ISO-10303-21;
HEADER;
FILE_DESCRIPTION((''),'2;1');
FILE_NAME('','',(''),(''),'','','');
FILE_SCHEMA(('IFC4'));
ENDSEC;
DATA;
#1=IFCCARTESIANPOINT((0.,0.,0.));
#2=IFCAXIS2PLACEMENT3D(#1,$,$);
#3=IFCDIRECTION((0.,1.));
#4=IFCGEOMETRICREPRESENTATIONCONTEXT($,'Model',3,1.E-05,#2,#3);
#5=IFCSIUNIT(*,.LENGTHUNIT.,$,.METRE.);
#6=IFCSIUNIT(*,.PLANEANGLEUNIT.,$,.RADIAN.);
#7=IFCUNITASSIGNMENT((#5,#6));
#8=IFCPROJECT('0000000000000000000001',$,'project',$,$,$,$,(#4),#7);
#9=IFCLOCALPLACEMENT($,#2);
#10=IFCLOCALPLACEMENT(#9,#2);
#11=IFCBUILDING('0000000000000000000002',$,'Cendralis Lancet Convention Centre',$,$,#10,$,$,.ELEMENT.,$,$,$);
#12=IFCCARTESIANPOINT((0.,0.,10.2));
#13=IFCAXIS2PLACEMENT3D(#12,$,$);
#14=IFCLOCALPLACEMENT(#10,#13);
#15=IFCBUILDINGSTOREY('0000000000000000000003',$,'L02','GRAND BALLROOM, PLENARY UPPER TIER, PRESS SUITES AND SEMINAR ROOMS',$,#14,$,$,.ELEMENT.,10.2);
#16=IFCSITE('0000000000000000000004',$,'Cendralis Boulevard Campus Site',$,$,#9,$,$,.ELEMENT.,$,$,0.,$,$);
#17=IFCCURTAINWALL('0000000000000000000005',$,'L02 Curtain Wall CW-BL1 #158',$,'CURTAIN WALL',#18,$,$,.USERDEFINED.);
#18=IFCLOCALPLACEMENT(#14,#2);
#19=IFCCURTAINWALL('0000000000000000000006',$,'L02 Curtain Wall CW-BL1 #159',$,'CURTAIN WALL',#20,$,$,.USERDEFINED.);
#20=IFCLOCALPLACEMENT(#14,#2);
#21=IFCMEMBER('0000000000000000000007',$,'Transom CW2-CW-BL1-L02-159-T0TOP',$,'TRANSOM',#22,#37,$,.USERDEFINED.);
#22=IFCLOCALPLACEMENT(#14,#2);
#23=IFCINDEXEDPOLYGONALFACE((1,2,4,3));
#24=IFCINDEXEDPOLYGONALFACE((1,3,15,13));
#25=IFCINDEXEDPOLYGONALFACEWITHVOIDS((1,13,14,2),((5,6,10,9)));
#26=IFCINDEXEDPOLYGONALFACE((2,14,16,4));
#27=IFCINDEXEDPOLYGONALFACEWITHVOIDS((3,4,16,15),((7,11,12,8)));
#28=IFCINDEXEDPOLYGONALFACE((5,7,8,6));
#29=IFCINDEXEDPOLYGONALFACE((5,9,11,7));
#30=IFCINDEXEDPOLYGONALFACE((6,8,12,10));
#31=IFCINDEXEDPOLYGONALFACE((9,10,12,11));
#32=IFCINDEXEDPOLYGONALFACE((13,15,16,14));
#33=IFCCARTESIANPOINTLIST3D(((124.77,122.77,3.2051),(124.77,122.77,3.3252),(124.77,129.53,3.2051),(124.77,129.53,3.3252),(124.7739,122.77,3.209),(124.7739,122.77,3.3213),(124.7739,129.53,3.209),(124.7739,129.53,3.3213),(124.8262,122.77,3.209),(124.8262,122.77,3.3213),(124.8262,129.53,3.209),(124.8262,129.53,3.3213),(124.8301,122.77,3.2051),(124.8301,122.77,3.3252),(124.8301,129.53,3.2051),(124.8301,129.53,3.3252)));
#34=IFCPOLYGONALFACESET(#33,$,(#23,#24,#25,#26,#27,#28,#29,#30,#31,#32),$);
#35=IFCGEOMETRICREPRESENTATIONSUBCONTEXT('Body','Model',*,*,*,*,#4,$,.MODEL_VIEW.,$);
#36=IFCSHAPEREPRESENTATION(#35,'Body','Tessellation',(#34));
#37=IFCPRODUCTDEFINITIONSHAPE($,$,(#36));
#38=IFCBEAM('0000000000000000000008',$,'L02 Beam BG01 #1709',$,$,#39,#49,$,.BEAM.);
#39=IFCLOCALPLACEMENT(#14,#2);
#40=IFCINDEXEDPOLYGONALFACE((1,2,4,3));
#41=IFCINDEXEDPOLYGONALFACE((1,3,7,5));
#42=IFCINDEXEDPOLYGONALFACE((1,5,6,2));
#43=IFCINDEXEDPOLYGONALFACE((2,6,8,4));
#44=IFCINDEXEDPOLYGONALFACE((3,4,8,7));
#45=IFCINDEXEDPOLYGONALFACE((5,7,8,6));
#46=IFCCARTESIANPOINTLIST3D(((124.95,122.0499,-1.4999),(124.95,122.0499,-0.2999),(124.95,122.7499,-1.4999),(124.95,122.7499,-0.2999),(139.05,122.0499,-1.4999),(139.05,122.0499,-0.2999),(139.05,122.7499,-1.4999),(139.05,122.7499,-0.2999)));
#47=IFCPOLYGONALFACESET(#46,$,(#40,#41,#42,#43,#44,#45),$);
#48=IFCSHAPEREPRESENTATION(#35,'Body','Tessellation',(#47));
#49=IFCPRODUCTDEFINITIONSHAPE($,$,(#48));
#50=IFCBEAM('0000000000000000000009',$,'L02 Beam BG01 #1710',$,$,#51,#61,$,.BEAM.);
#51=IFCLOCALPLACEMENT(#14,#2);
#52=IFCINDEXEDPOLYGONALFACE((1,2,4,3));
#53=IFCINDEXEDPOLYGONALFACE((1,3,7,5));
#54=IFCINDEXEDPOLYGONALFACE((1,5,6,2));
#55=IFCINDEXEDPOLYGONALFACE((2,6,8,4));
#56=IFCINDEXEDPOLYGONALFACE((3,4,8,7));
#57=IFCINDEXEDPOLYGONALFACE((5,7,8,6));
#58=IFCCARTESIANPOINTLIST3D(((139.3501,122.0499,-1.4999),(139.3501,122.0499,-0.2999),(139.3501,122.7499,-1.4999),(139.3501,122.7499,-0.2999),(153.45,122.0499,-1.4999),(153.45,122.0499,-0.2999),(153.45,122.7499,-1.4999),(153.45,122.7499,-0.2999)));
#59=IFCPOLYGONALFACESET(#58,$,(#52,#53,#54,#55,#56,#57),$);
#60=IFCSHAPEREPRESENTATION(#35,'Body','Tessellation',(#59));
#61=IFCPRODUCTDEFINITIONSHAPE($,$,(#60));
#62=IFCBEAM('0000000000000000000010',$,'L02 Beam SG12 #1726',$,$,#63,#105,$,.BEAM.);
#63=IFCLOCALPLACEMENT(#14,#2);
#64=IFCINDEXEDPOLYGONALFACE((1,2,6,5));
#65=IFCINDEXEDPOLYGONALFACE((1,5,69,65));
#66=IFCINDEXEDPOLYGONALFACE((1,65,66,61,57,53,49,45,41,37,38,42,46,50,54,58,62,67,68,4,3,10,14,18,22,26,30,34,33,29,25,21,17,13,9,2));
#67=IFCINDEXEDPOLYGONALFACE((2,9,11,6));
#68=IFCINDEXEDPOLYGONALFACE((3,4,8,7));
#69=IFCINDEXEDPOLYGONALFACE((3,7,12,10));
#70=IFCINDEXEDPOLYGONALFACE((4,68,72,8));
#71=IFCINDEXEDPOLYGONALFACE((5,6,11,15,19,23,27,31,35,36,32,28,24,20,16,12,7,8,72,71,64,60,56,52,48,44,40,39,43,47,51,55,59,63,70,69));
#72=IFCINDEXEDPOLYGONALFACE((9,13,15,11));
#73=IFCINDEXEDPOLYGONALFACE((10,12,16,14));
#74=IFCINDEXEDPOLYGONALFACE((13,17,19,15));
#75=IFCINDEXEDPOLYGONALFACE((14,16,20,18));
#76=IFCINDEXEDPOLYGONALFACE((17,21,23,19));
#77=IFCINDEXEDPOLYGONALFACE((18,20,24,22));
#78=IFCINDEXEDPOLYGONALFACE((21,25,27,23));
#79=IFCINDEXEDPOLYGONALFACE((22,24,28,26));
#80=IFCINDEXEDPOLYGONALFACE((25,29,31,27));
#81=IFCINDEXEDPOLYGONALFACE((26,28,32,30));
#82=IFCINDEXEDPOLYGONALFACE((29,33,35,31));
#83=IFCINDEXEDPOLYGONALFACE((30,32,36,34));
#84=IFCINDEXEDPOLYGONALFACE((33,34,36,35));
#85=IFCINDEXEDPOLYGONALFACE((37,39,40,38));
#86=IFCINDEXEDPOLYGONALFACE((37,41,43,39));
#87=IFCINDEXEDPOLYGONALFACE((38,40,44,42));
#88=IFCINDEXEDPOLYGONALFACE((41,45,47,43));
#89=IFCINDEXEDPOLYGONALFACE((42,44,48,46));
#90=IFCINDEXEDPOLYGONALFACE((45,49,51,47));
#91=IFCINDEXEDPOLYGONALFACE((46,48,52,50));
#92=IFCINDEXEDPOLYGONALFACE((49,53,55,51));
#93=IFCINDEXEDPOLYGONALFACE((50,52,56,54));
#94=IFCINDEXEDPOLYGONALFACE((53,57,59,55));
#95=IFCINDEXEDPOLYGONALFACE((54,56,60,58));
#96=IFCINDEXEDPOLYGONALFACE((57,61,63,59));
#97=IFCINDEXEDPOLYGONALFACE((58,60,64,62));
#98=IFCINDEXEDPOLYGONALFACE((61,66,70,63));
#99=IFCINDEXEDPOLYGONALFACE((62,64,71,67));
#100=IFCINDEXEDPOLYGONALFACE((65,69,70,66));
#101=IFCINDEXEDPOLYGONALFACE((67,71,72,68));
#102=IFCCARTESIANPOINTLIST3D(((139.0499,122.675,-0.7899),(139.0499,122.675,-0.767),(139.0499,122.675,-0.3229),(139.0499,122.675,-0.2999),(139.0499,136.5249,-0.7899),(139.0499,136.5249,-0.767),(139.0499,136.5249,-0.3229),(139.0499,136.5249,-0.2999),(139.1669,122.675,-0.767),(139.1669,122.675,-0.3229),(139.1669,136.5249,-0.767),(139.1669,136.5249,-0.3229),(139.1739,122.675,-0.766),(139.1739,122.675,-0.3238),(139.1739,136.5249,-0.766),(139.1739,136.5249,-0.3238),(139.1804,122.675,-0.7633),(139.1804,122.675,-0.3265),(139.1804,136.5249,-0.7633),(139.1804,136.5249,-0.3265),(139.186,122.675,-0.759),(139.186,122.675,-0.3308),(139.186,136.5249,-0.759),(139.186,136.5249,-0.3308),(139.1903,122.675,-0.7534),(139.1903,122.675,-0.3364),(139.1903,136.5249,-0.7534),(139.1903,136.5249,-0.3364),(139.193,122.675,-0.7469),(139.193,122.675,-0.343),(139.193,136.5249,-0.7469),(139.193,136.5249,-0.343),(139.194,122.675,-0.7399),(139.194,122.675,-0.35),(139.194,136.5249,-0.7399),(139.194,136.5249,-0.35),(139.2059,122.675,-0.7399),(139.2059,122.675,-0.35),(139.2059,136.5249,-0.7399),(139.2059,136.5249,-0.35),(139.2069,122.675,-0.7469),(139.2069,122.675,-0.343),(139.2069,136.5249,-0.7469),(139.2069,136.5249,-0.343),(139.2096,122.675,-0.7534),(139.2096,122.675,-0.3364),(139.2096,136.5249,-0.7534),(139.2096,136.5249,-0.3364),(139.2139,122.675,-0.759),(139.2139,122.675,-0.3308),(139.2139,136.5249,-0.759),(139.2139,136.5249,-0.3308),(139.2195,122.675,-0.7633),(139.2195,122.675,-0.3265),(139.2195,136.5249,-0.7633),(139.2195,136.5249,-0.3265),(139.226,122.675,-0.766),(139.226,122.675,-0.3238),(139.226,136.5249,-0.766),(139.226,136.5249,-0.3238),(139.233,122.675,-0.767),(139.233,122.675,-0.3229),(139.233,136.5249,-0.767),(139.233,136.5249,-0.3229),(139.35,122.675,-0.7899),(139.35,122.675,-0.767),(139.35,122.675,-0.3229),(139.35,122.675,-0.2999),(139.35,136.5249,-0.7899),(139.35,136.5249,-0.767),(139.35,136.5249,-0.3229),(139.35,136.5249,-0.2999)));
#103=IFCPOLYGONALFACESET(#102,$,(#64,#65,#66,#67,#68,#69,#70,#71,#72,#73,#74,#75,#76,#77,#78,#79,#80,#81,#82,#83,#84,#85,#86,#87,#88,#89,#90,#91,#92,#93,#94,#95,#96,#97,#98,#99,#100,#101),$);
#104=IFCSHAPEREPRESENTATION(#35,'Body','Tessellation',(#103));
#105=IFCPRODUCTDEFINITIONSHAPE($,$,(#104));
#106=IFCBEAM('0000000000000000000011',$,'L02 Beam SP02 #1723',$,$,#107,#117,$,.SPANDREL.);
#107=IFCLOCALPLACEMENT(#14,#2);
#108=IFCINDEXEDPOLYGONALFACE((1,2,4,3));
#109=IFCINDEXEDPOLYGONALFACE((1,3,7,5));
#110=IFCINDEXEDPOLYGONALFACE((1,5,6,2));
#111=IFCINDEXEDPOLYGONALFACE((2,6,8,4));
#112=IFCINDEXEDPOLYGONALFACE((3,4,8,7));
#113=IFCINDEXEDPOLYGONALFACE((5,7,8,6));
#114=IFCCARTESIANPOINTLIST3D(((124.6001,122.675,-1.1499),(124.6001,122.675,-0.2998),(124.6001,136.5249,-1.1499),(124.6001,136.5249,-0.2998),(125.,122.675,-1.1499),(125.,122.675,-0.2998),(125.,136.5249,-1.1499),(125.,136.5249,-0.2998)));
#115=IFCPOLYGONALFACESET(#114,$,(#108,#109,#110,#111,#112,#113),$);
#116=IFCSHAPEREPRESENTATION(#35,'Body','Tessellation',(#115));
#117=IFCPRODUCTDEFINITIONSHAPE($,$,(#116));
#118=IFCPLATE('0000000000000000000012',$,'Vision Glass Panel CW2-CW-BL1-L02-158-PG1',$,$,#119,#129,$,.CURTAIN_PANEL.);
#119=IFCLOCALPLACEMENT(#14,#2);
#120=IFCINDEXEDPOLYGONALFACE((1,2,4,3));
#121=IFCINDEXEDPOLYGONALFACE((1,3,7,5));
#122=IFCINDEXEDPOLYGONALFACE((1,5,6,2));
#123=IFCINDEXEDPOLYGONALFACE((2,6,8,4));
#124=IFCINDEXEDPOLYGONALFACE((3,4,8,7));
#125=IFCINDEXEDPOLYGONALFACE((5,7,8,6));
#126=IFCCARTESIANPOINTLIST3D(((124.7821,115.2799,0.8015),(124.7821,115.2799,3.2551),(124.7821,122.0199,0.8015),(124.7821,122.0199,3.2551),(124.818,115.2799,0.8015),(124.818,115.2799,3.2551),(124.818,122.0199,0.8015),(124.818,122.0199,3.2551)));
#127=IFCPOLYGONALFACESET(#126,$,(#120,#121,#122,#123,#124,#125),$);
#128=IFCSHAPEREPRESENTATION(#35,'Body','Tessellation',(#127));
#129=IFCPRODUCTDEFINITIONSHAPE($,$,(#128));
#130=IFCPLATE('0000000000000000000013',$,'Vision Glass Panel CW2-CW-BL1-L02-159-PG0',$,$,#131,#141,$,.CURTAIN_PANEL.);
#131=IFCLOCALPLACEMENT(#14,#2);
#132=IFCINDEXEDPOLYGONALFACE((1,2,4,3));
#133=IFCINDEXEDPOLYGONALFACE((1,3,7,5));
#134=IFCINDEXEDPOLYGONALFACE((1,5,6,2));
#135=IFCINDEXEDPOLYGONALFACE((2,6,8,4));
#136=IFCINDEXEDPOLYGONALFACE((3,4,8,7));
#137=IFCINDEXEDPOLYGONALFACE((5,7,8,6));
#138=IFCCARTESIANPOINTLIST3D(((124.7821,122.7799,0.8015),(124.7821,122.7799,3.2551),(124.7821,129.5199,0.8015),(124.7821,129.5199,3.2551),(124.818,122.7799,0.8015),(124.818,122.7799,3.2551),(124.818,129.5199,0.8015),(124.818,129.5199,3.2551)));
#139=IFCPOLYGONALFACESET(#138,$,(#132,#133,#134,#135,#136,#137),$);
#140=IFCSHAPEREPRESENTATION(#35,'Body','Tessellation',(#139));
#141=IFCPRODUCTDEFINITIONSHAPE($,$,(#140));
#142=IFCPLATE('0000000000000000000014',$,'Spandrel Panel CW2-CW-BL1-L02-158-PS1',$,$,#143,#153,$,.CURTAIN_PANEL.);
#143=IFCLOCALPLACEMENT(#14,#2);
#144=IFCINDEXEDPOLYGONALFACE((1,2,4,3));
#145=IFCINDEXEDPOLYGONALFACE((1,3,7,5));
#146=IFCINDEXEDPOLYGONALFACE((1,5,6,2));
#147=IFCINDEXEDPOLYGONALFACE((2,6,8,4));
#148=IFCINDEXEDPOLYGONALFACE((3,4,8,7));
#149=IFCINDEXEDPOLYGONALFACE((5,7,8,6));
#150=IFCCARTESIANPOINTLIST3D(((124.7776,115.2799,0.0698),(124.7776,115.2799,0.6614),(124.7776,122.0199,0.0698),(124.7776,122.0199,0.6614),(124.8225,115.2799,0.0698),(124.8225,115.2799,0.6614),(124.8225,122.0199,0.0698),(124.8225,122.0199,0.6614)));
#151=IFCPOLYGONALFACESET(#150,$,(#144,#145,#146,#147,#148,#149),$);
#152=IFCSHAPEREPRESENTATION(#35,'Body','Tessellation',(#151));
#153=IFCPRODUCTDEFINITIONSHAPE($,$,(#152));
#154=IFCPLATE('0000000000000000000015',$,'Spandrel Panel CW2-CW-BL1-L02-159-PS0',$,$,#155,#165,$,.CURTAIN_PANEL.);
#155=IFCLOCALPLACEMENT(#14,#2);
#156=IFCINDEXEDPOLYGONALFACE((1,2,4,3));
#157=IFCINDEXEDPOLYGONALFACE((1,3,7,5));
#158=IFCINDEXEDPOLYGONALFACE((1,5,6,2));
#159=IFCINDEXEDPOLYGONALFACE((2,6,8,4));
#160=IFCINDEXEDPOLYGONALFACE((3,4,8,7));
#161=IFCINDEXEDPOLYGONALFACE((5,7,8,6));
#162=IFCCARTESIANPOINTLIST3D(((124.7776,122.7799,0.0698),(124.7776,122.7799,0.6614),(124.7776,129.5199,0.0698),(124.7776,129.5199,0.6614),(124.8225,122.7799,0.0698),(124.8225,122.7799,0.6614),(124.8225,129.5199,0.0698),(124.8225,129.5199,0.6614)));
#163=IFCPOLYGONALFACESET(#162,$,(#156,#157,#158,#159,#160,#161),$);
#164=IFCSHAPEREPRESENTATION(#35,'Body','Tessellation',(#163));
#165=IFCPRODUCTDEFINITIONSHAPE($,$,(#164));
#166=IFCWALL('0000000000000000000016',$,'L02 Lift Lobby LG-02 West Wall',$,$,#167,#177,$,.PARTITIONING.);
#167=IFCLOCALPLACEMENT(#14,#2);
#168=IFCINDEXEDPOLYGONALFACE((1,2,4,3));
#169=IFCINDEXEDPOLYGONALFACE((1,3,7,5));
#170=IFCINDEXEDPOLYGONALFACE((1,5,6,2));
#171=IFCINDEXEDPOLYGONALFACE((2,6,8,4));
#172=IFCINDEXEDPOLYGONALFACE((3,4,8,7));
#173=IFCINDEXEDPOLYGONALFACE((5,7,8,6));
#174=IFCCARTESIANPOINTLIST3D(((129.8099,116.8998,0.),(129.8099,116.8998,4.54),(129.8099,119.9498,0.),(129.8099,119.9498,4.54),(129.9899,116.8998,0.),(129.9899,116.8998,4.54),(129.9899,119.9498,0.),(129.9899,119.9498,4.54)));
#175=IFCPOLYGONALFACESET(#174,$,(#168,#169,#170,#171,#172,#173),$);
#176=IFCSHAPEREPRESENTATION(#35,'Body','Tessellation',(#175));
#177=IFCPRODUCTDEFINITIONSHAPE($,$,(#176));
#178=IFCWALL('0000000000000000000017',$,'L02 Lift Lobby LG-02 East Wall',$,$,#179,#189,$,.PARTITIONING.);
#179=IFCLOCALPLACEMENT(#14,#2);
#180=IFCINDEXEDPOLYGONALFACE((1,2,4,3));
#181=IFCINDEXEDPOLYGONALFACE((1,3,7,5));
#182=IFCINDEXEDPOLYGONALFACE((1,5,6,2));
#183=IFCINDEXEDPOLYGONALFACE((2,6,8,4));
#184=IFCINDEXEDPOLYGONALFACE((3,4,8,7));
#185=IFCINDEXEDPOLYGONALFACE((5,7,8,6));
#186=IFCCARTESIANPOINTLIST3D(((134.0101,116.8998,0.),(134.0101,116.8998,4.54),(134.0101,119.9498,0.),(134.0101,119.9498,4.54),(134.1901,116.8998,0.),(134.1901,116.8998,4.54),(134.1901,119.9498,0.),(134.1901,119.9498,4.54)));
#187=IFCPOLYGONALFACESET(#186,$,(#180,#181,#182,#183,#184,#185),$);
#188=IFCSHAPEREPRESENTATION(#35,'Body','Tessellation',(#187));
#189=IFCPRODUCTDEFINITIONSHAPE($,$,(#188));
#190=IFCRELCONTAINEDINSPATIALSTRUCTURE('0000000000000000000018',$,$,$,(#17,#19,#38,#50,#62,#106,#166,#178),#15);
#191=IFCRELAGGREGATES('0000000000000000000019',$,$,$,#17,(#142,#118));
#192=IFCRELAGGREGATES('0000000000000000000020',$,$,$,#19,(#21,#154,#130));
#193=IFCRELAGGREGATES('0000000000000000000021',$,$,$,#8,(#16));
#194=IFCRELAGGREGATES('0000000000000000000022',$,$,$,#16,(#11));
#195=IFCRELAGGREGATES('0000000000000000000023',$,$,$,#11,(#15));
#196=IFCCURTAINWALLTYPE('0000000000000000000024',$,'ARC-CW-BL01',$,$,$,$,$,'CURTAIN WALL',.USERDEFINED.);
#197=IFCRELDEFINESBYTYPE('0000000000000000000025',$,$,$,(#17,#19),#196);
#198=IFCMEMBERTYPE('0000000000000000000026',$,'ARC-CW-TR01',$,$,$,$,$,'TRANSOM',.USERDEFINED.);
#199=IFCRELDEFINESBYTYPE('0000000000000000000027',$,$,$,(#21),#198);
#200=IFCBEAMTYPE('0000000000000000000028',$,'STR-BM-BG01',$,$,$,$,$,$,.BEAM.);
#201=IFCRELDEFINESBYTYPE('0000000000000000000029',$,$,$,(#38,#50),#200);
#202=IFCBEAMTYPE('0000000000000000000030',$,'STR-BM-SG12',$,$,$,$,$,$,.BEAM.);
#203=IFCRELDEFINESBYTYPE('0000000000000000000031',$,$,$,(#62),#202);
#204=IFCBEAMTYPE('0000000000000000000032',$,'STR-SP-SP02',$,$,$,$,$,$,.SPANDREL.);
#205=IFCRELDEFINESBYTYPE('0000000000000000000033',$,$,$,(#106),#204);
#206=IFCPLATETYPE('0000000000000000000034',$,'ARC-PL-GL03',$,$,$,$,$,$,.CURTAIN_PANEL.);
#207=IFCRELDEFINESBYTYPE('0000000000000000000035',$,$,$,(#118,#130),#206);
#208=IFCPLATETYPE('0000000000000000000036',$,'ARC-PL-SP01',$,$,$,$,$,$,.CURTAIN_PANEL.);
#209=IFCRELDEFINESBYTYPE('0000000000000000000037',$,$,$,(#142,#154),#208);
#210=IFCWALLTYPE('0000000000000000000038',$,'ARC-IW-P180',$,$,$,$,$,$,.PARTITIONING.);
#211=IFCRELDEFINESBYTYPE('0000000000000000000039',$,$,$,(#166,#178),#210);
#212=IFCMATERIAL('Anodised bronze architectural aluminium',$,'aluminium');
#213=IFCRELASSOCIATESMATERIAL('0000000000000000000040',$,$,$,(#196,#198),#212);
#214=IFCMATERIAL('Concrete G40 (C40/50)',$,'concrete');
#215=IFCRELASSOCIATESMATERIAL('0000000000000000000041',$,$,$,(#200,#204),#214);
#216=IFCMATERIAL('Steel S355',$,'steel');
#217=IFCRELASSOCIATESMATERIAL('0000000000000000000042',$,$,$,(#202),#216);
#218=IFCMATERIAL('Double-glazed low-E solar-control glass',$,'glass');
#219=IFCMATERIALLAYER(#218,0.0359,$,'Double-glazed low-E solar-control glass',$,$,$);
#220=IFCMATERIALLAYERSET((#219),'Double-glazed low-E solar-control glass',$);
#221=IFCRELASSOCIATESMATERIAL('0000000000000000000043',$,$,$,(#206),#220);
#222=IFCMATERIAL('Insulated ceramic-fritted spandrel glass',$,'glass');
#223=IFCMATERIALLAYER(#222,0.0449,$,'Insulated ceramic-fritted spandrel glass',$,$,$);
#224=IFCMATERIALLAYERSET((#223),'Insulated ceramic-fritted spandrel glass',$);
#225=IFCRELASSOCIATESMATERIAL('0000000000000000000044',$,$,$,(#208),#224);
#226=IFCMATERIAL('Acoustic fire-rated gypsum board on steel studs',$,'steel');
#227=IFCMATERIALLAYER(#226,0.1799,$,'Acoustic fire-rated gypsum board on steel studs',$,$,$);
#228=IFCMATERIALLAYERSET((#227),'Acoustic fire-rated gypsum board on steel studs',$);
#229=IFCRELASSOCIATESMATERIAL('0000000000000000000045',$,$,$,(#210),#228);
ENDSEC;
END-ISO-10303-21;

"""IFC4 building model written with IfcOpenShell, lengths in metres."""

from ifc_helpers import new_model, si_unit, direction, frame, frame_2d, origin, origin_2d, place, context, subcontext, project, spatial, rectangle, hollow_rectangle, i_section, extrude, material, layer, layer_set, material_profile, profile_set, type_object, element, aggregate, save


model = new_model("IFC4")

# Units and contexts
model_context = context("Model", 3, precision=1e-05, world=origin(), true_north=direction((0.0, 1.0)))
body_context = subcontext(model_context, "Body", "Model", "MODEL_VIEW")
ifc_project = project(units=[si_unit("LENGTHUNIT", "METRE"), si_unit("PLANEANGLEUNIT", "RADIAN")], contexts=[model_context])

# Site, building, storey
site_placement = place(None, origin())
site = spatial("IfcSite", under=ifc_project, at=site_placement, Name="Cendralis Boulevard Campus Site", CompositionType="ELEMENT", RefElevation=0.0)
building_placement = place(site_placement, origin())
building = spatial("IfcBuilding", under=site, at=building_placement, Name="Cendralis Lancet Convention Centre", CompositionType="ELEMENT")
storey_placement = place(building_placement, frame((0.0, 0.0, 10.2)))
storey = spatial("IfcBuildingStorey", under=building, at=storey_placement, Name="L02", Description="GRAND BALLROOM, PLENARY UPPER TIER, PRESS SUITES AND SEMINAR ROOMS", CompositionType="ELEMENT", Elevation=10.2)

# Shared definitions
ifc_material_1 = material(Name="Steel S355", Category="steel")

# Curtain walls
ifc_material_2 = material(Name="Anodised bronze architectural aluminium", Category="aluminium")
curtain_wall_type = type_object("IfcCurtainWallType", Name="ARC-CW-BL01", ElementType="CURTAIN WALL", PredefinedType="USERDEFINED", material=ifc_material_2)
curtain_wall_1_placement = place(storey_placement, origin())
curtain_wall_1 = element("IfcCurtainWall", 1, at=curtain_wall_1_placement, inside=storey, type_object=curtain_wall_type, Name="L02 Curtain Wall CW-BL1 #158", ObjectType="CURTAIN WALL", PredefinedType="USERDEFINED")
curtain_wall_2_placement = place(storey_placement, origin())
curtain_wall_2 = element("IfcCurtainWall", 2, at=curtain_wall_2_placement, inside=storey, type_object=curtain_wall_type, Name="L02 Curtain Wall CW-BL1 #159", ObjectType="CURTAIN WALL", PredefinedType="USERDEFINED")

# Member
ifc_material_profile_1 = material_profile(ifc_material_2, hollow_rectangle(XDim=0.0601, YDim=0.1201, WallThickness=0.0039, at=origin_2d()), Name="AL-TRAN 60x120x4.0")
ifc_profile_set_1 = profile_set([ifc_material_profile_1], Name="Anodised bronze architectural aluminium")
member_type_1 = type_object("IfcMemberType", Name="ARC-CW-TR01", ElementType="TRANSOM", PredefinedType="USERDEFINED", material=ifc_profile_set_1)
member_1_placement = place(storey_placement, frame((124.8, 122.77, 3.2651), z_axis=(0.0, 1.0, 0.0), x_axis=(-1.0, 0.0, 0.0)))
member_1 = element("IfcMember", 3, at=member_1_placement, type_object=member_type_1, Name="Transom CW2-CW-BL1-L02-159-T0TOP", ObjectType="TRANSOM", PredefinedType="USERDEFINED", context=body_context, shape_type="SweptSolid", body=[
    extrude(hollow_rectangle(XDim=0.0601, YDim=0.1201, WallThickness=0.0039, at=origin_2d()), origin(), (0.0, 0.0, 1.0), 6.76),
])

# Beams
ifc_material_3 = material(Name="Concrete G40 (C40/50)", Category="concrete")
ifc_material_profile_2 = material_profile(ifc_material_3, rectangle(XDim=0.7, YDim=1.2, at=origin_2d()), Name="RCB 700x1200")
ifc_profile_set_2 = profile_set([ifc_material_profile_2], Name="Concrete G40 (C40/50)")
beam_type_1 = type_object("IfcBeamType", Name="STR-BM-BG01", PredefinedType="BEAM", material=ifc_profile_set_2)
beam_1_placement = place(storey_placement, frame((124.95, 122.3999, -0.8999), z_axis=(1.0, 0.0, 0.0), x_axis=(0.0, 1.0, 0.0)))
element("IfcBeam", 4, at=beam_1_placement, inside=storey, type_object=beam_type_1, Name="L02 Beam BG01 #1709", PredefinedType="BEAM", context=body_context, shape_type="SweptSolid", body=[
    extrude(rectangle(XDim=0.7, YDim=1.2, at=origin_2d()), origin(), (0.0, 0.0, 1.0), 14.1001),
])
beam_2_placement = place(storey_placement, frame((139.3501, 122.3999, -0.8999), z_axis=(1.0, 0.0, 0.0), x_axis=(0.0, 1.0, 0.0)))
element("IfcBeam", 5, at=beam_2_placement, inside=storey, type_object=beam_type_1, Name="L02 Beam BG01 #1710", PredefinedType="BEAM", context=body_context, shape_type="SweptSolid", body=[
    extrude(rectangle(XDim=0.7, YDim=1.2, at=origin_2d()), origin(), (0.0, 0.0, 1.0), 14.0999),
])
ifc_material_profile_3 = material_profile(ifc_material_1, i_section(OverallWidth=0.3, OverallDepth=0.49, WebThickness=0.012, FlangeThickness=0.0229, FilletRadius=0.0271, at=origin_2d()), Name="HEA 500")
ifc_profile_set_3 = profile_set([ifc_material_profile_3], Name="Steel S355")
beam_type_2 = type_object("IfcBeamType", Name="STR-BM-SG12", PredefinedType="BEAM", material=ifc_profile_set_3)
beam_3_placement = place(storey_placement, frame((139.2, 122.675, -0.5449), z_axis=(0.0, 1.0, 0.0), x_axis=(-1.0, 0.0, 0.0)))
element("IfcBeam", 6, at=beam_3_placement, inside=storey, type_object=beam_type_2, Name="L02 Beam SG12 #1726", PredefinedType="BEAM", context=body_context, shape_type="SweptSolid", body=[
    extrude(i_section(OverallWidth=0.3, OverallDepth=0.49, WebThickness=0.012, FlangeThickness=0.0229, FilletRadius=0.0271, at=origin_2d()), origin(), (0.0, 0.0, 1.0), 13.8499),
])
ifc_material_profile_4 = material_profile(ifc_material_3, rectangle(XDim=0.3999, YDim=0.8501, at=origin_2d()), Name="RCB 400x850")
ifc_profile_set_4 = profile_set([ifc_material_profile_4], Name="Concrete G40 (C40/50)")
beam_type_3 = type_object("IfcBeamType", Name="STR-SP-SP02", PredefinedType="SPANDREL", material=ifc_profile_set_4)
beam_4_placement = place(storey_placement, frame((124.8, 122.675, -0.7249), z_axis=(0.0, 1.0, 0.0), x_axis=(-1.0, 0.0, 0.0)))
element("IfcBeam", 7, at=beam_4_placement, inside=storey, type_object=beam_type_3, Name="L02 Beam SP02 #1723", PredefinedType="SPANDREL", context=body_context, shape_type="SweptSolid", body=[
    extrude(rectangle(XDim=0.3999, YDim=0.8501, at=origin_2d()), origin(), (0.0, 0.0, 1.0), 13.8499),
])

# Plates
ifc_material_4 = material(Name="Double-glazed low-E solar-control glass", Category="glass")
ifc_layer_1 = layer(ifc_material_4, 0.0359, Name="Double-glazed low-E solar-control glass")
ifc_layer_set_1 = layer_set([ifc_layer_1], Name="Double-glazed low-E solar-control glass")
plate_type_1 = type_object("IfcPlateType", Name="ARC-PL-GL03", PredefinedType="CURTAIN_PANEL", material=ifc_layer_set_1)
plate_1_placement = place(storey_placement, frame((124.8, 118.6499, 0.8015), z_axis=(0.0, 0.0, 1.0), x_axis=(0.0, 1.0, 0.0)))
plate_1 = element("IfcPlate", 8, at=plate_1_placement, type_object=plate_type_1, Name="Vision Glass Panel CW2-CW-BL1-L02-158-PG1", PredefinedType="CURTAIN_PANEL", context=body_context, shape_type="SweptSolid", body=[
    extrude(rectangle(XDim=6.74, YDim=0.0359, at=origin_2d()), origin(), (0.0, 0.0, 1.0), 2.4536),
])
plate_2_placement = place(storey_placement, frame((124.8, 126.1499, 0.8015), z_axis=(0.0, 0.0, 1.0), x_axis=(0.0, 1.0, 0.0)))
plate_2 = element("IfcPlate", 9, at=plate_2_placement, type_object=plate_type_1, Name="Vision Glass Panel CW2-CW-BL1-L02-159-PG0", PredefinedType="CURTAIN_PANEL", context=body_context, shape_type="SweptSolid", body=[
    extrude(rectangle(XDim=6.74, YDim=0.0359, at=origin_2d()), origin(), (0.0, 0.0, 1.0), 2.4536),
])
ifc_material_5 = material(Name="Insulated ceramic-fritted spandrel glass", Category="glass")
ifc_layer_2 = layer(ifc_material_5, 0.0449, Name="Insulated ceramic-fritted spandrel glass")
ifc_layer_set_2 = layer_set([ifc_layer_2], Name="Insulated ceramic-fritted spandrel glass")
plate_type_2 = type_object("IfcPlateType", Name="ARC-PL-SP01", PredefinedType="CURTAIN_PANEL", material=ifc_layer_set_2)
plate_3_placement = place(storey_placement, frame((124.8, 118.6499, 0.0698), z_axis=(0.0, 0.0, 1.0), x_axis=(0.0, 1.0, 0.0)))
plate_3 = element("IfcPlate", 10, at=plate_3_placement, type_object=plate_type_2, Name="Spandrel Panel CW2-CW-BL1-L02-158-PS1", PredefinedType="CURTAIN_PANEL", context=body_context, shape_type="SweptSolid", body=[
    extrude(rectangle(XDim=6.74, YDim=0.0449, at=origin_2d()), origin(), (0.0, 0.0, 1.0), 0.5916),
])
aggregate(curtain_wall_1, [plate_3, plate_1])
plate_4_placement = place(storey_placement, frame((124.8, 126.1499, 0.0698), z_axis=(0.0, 0.0, 1.0), x_axis=(0.0, 1.0, 0.0)))
plate_4 = element("IfcPlate", 11, at=plate_4_placement, type_object=plate_type_2, Name="Spandrel Panel CW2-CW-BL1-L02-159-PS0", PredefinedType="CURTAIN_PANEL", context=body_context, shape_type="SweptSolid", body=[
    extrude(rectangle(XDim=6.74, YDim=0.0449, at=origin_2d()), origin(), (0.0, 0.0, 1.0), 0.5916),
])
aggregate(curtain_wall_2, [member_1, plate_4, plate_2])

# Shared definitions
ifc_material_6 = material(Name="Acoustic fire-rated gypsum board on steel studs", Category="steel")
ifc_layer_3 = layer(ifc_material_6, 0.1799, Name="Acoustic fire-rated gypsum board on steel studs")
ifc_layer_set_3 = layer_set([ifc_layer_3], Name="Acoustic fire-rated gypsum board on steel studs")
wall_type_1 = type_object("IfcWallType", Name="ARC-IW-P180", PredefinedType="PARTITIONING", material=ifc_layer_set_3)

# Walls
for number, where, z_axis, x_axis, name in (
    (12, (129.8999, 116.8999, 0.0), (0.0, 0.0, 1.0), (0.0, 1.0, 0.0), "L02 Lift Lobby LG-02 West Wall"),
    (13, (134.1001, 116.8999, 0.0), (0.0, 0.0, 1.0), (0.0, 1.0, 0.0), "L02 Lift Lobby LG-02 East Wall"),
):
    element("IfcWall", number, at=place(storey_placement, frame(where, z_axis=z_axis, x_axis=x_axis)), inside=storey, type_object=wall_type_1, Name=name, PredefinedType="PARTITIONING", context=body_context, shape_type="SweptSolid", body=[
        extrude(rectangle(XDim=3.05, YDim=0.1799, at=frame_2d((1.5249, 0.0))), origin(), (0.0, 0.0, 1.0), 4.54),
    ])

save(model, "model.ifc")
